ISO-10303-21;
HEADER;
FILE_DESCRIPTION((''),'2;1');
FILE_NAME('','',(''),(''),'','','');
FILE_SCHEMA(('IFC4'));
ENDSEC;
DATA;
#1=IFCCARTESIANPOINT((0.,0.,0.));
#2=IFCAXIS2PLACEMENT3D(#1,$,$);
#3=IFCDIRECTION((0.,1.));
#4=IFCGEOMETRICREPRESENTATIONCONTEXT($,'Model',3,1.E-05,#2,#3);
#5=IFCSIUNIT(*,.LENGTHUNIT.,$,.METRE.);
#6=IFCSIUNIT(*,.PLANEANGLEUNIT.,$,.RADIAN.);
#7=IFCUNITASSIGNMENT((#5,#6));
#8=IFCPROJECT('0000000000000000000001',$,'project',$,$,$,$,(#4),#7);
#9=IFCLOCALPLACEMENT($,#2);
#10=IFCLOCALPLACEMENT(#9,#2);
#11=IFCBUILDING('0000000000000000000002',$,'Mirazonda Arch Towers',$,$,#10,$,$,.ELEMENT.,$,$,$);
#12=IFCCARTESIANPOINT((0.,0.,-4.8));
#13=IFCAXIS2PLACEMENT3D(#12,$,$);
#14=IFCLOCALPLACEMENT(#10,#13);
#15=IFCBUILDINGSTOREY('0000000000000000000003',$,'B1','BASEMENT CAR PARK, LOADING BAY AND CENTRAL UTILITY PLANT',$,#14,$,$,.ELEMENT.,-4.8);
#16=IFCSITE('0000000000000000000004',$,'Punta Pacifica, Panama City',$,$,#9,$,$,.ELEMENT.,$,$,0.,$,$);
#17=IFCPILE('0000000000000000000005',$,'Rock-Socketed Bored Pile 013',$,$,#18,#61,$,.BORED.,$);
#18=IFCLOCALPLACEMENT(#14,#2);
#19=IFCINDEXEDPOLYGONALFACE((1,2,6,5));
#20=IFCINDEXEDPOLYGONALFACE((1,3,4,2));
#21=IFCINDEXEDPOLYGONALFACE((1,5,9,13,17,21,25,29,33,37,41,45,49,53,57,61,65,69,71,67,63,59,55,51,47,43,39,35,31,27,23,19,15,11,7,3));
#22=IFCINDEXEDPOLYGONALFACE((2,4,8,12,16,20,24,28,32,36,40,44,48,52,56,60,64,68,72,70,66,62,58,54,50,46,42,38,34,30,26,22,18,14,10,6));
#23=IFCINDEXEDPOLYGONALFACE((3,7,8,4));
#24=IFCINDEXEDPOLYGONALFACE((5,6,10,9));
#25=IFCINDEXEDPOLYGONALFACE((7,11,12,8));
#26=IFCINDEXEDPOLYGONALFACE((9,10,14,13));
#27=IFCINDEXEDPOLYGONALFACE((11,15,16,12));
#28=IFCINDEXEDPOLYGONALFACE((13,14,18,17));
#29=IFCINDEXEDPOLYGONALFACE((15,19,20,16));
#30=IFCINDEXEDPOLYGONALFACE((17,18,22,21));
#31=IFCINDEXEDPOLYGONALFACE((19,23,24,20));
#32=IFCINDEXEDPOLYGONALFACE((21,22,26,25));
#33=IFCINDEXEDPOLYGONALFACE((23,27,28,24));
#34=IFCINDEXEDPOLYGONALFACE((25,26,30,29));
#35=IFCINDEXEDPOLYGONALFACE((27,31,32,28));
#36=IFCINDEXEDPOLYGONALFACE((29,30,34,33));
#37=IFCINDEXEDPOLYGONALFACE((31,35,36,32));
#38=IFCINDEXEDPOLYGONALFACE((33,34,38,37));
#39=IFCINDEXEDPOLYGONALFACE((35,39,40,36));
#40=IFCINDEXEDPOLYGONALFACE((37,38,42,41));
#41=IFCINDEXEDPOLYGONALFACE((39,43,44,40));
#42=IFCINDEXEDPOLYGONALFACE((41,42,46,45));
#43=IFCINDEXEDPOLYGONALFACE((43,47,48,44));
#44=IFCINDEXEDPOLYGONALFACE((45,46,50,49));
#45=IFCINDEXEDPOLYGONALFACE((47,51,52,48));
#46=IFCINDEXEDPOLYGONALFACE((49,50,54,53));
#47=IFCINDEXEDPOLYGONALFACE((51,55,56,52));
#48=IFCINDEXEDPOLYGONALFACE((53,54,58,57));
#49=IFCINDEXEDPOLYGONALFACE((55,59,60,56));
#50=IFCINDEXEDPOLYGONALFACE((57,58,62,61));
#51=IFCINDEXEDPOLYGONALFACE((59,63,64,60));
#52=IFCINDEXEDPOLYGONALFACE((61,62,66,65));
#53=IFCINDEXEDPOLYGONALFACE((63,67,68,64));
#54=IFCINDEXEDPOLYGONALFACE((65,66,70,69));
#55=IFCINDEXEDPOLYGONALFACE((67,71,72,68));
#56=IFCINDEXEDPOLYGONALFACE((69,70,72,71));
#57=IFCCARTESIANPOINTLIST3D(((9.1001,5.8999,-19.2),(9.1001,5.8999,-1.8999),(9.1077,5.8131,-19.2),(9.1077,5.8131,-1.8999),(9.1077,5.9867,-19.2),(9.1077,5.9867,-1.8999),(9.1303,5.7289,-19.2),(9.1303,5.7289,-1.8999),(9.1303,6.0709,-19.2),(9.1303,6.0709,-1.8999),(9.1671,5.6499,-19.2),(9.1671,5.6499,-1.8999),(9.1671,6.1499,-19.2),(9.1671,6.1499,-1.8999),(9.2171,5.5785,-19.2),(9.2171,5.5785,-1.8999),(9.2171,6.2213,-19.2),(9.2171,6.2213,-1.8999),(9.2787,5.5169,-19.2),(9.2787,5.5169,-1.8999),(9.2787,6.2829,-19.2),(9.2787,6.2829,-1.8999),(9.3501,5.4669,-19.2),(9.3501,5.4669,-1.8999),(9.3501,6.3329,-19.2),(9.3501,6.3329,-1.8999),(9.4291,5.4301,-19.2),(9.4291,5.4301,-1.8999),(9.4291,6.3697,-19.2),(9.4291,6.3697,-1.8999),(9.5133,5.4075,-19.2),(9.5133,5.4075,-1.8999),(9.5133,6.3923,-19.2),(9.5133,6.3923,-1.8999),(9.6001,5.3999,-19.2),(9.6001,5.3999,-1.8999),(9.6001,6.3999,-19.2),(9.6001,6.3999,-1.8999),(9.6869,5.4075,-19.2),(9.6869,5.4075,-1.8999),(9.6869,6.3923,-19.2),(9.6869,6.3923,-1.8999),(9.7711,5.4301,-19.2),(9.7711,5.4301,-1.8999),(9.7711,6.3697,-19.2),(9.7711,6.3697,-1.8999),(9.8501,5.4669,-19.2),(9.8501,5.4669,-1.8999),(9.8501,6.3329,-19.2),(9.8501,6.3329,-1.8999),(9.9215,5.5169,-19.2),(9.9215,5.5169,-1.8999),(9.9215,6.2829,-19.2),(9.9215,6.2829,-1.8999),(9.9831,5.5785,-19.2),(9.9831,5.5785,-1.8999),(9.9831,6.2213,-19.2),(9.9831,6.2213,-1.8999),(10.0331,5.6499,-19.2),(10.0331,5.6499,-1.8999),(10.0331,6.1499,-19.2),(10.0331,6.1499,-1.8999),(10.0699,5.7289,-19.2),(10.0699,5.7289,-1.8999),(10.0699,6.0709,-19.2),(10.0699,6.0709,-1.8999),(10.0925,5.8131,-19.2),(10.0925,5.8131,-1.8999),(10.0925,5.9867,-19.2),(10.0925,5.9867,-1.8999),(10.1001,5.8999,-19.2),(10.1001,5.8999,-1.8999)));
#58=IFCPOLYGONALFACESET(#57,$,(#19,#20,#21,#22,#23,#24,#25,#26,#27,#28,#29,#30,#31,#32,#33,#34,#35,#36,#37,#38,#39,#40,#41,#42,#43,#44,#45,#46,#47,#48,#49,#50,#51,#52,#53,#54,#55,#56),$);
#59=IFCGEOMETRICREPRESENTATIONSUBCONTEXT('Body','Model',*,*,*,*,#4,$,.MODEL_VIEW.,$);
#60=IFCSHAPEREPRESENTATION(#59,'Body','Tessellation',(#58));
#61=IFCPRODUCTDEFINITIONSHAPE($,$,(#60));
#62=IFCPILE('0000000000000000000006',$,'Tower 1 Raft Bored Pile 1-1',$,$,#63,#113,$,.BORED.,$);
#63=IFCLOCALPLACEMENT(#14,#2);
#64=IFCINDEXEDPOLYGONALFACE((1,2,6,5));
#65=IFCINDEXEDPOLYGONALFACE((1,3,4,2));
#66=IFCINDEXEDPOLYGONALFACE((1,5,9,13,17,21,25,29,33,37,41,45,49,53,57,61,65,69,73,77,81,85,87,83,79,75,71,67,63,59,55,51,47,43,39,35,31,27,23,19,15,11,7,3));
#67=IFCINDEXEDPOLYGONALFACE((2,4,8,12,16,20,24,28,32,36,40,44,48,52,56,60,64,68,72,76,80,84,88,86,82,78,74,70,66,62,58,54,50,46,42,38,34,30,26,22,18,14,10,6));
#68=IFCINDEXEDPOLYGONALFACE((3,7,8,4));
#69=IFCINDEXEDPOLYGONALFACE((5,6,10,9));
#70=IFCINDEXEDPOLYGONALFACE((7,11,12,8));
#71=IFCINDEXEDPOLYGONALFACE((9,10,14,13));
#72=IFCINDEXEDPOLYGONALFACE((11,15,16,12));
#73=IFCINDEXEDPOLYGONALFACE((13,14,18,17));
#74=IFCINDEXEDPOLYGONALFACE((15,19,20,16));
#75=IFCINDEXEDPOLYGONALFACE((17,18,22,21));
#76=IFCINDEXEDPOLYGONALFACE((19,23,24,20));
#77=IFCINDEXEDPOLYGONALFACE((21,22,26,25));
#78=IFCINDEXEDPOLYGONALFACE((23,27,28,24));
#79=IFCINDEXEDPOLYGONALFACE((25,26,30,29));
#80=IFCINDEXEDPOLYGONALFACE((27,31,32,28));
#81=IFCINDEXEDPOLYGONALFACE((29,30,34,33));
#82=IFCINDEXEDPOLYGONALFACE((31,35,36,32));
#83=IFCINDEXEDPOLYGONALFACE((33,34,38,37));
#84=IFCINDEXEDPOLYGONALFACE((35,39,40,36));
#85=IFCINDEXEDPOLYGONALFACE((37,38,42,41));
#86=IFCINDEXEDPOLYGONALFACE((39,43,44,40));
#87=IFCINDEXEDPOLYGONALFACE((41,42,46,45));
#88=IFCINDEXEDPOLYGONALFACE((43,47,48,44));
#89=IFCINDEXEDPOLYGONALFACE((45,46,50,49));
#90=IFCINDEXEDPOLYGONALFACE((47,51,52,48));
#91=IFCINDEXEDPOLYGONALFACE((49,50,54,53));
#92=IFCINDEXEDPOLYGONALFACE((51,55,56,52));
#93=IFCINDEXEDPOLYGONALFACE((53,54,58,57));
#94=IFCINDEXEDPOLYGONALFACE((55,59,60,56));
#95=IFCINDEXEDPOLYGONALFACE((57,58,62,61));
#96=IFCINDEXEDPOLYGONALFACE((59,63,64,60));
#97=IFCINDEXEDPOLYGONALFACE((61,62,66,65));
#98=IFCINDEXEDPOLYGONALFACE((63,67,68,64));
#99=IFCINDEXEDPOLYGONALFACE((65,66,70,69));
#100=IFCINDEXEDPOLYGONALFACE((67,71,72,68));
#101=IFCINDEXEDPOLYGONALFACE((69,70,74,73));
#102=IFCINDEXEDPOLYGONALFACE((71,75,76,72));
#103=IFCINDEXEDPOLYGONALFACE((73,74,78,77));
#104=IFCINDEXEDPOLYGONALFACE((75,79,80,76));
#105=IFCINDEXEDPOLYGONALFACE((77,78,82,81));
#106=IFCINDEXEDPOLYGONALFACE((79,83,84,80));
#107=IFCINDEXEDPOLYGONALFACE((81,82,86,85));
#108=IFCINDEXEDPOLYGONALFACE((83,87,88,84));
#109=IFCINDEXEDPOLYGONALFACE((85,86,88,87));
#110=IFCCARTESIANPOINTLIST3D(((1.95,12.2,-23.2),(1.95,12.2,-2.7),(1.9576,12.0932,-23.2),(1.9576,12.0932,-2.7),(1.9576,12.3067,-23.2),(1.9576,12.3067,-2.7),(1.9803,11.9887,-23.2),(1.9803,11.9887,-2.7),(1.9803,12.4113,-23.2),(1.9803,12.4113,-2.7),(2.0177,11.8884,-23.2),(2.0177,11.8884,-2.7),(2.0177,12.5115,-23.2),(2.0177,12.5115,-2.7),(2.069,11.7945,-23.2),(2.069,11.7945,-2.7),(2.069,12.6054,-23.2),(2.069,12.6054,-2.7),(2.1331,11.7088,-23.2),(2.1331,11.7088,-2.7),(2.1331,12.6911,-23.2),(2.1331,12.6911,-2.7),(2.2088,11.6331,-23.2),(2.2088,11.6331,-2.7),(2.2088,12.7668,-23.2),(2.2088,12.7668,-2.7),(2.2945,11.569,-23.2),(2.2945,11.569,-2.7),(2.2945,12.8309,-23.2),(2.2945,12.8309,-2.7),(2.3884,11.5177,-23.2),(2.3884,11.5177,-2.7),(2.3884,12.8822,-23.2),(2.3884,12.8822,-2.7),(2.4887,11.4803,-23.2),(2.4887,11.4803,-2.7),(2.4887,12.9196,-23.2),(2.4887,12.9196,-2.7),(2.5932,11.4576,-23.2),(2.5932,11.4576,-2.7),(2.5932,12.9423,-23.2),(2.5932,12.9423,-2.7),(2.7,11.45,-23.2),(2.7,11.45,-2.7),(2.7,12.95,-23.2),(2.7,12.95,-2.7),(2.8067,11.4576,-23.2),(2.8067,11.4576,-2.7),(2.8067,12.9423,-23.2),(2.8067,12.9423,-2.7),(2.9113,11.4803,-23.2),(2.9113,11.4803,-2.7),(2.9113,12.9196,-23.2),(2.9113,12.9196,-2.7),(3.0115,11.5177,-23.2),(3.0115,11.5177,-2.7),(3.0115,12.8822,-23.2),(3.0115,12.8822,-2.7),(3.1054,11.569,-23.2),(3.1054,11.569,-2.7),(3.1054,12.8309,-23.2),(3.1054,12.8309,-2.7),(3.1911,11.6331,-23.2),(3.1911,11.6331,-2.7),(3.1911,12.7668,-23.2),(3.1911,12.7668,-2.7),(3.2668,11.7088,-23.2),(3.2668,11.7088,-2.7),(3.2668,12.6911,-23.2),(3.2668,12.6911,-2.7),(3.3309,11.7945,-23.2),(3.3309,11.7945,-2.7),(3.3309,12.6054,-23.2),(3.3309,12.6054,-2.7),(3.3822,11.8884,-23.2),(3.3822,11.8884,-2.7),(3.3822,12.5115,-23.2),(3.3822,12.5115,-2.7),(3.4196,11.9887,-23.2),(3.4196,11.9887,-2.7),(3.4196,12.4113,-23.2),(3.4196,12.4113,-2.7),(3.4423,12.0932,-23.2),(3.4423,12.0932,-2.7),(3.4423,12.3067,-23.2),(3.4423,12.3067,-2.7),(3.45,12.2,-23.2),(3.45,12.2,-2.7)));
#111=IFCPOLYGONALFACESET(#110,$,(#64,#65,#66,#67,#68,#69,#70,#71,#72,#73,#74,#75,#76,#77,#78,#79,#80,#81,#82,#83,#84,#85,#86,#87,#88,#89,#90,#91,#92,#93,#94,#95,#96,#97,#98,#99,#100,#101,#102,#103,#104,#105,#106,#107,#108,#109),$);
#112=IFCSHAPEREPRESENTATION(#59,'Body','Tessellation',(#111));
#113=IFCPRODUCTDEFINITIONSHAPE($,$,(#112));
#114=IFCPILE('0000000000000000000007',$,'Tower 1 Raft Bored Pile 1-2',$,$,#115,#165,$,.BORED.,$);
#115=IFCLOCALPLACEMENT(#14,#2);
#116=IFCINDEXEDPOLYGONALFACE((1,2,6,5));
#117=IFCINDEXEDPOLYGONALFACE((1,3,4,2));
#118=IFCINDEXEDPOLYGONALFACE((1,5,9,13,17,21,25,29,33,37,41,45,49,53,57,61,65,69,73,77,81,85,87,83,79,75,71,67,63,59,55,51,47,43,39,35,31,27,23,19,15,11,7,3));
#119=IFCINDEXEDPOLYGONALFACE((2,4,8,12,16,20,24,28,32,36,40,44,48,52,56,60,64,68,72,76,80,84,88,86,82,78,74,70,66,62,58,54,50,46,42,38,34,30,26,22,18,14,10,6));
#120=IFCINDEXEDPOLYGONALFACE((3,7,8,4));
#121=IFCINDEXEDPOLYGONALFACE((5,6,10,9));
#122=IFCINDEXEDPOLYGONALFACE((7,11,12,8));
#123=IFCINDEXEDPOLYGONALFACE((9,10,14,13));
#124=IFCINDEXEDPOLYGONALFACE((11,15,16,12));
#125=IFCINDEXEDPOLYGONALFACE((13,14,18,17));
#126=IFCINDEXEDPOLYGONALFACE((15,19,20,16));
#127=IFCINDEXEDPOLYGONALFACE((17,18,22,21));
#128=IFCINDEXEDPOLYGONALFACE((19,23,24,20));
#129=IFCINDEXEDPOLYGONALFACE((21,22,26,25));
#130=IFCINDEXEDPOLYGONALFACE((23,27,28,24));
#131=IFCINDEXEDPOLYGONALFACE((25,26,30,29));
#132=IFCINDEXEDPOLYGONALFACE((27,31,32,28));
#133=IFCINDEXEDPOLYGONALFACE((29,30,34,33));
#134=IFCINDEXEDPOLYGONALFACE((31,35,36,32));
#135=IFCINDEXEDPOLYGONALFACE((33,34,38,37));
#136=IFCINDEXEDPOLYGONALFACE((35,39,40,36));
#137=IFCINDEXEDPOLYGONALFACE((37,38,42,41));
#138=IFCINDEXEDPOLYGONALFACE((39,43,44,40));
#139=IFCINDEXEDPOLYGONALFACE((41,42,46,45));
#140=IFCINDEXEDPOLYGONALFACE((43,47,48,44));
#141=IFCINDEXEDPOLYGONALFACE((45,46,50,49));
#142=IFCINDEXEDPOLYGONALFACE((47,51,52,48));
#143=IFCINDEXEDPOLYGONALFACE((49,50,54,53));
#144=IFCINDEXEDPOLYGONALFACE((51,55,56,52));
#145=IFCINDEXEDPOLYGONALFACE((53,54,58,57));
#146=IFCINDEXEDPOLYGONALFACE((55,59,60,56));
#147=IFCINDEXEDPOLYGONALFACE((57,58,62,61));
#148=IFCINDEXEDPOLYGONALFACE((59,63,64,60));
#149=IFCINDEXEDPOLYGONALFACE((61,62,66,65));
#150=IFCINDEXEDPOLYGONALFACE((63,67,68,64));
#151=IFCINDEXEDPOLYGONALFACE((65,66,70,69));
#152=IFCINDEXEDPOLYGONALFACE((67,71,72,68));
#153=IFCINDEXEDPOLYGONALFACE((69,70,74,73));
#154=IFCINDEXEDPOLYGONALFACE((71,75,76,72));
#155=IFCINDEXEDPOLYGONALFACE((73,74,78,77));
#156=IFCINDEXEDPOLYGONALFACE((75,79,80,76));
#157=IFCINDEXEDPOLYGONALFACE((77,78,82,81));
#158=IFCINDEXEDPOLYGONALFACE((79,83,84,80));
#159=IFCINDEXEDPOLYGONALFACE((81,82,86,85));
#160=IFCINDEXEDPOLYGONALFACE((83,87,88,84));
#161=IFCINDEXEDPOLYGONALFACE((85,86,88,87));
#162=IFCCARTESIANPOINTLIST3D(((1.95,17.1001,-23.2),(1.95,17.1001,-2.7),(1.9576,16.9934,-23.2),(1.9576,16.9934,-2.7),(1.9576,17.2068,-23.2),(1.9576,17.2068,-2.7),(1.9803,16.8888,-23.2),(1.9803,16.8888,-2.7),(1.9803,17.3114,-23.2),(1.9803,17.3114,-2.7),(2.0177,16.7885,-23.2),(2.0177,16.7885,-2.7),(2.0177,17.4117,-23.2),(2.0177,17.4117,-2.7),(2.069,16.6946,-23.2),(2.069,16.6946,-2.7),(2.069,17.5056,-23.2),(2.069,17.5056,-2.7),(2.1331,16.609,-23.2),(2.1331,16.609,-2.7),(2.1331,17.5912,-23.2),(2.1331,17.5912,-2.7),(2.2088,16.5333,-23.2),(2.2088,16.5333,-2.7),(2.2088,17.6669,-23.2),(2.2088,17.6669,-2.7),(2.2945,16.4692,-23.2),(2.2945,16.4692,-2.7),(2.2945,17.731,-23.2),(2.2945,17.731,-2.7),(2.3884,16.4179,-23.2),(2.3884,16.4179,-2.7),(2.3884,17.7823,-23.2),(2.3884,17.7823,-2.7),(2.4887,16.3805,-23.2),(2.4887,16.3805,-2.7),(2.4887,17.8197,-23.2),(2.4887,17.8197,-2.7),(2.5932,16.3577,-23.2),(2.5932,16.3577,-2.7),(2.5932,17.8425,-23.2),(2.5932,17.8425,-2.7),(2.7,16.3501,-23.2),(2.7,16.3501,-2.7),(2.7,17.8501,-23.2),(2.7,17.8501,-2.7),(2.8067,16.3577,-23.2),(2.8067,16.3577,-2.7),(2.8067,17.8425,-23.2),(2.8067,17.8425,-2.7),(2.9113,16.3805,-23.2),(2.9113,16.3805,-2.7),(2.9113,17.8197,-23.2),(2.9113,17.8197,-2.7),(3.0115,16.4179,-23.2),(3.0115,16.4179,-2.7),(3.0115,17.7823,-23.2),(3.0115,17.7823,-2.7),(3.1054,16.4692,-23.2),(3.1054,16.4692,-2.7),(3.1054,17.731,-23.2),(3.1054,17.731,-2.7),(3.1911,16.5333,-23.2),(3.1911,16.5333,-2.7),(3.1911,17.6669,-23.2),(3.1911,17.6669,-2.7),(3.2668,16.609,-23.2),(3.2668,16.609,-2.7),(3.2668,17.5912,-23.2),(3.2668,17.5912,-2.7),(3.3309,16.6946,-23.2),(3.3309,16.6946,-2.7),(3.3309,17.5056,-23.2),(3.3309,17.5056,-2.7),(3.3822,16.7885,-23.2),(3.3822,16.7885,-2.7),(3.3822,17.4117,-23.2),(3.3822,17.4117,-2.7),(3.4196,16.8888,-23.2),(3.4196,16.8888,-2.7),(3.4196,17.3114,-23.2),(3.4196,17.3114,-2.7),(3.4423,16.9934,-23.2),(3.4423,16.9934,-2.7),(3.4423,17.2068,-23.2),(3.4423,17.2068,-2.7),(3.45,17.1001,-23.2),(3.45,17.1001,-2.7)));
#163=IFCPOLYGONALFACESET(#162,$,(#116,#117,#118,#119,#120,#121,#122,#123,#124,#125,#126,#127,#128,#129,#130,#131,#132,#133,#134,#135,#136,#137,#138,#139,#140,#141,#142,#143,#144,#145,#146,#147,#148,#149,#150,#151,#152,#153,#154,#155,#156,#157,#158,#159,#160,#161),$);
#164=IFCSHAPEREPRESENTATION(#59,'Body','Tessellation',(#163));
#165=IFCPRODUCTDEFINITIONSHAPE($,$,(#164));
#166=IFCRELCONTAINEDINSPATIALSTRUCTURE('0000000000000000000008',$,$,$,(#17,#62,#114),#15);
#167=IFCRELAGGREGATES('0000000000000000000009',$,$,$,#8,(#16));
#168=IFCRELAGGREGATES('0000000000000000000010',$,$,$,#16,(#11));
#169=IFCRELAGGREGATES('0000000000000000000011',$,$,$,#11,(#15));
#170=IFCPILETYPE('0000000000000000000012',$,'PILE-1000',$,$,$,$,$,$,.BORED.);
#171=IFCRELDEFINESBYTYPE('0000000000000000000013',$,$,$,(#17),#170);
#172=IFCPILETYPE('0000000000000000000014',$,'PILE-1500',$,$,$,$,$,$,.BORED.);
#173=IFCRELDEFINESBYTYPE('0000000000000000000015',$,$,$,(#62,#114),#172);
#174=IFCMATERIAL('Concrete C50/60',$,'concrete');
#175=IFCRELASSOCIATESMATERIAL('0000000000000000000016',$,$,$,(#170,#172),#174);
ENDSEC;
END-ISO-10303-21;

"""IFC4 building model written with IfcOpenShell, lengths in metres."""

from ifc_helpers import new_model, si_unit, direction, frame, origin, origin_2d, place, context, subcontext, project, spatial, circle, extrude, material, material_profile, profile_set, type_object, element, save


model = new_model("IFC4")

# Units and contexts
model_context = context("Model", 3, precision=1e-05, world=origin(), true_north=direction((0.0, 1.0)))
body_context = subcontext(model_context, "Body", "Model", "MODEL_VIEW")
ifc_project = project(units=[si_unit("LENGTHUNIT", "METRE"), si_unit("PLANEANGLEUNIT", "RADIAN")], contexts=[model_context])

# Site, building, storey
site_placement = place(None, origin())
site = spatial("IfcSite", under=ifc_project, at=site_placement, Name="Punta Pacifica, Panama City", CompositionType="ELEMENT", RefElevation=0.0)
building_placement = place(site_placement, origin())
building = spatial("IfcBuilding", under=site, at=building_placement, Name="Mirazonda Arch Towers", CompositionType="ELEMENT")
storey_placement = place(building_placement, frame((0.0, 0.0, -4.8)))
storey = spatial("IfcBuildingStorey", under=building, at=storey_placement, Name="B1", Description="BASEMENT CAR PARK, LOADING BAY AND CENTRAL UTILITY PLANT", CompositionType="ELEMENT", Elevation=-4.8)

# Piles
ifc_material_1 = material(Name="Concrete C50/60", Category="concrete")
ifc_material_profile_1 = material_profile(ifc_material_1, circle(Radius=0.5, at=origin_2d()), Name="BORED-D1000")
ifc_profile_set_1 = profile_set([ifc_material_profile_1], Name="Concrete C50/60")
pile_type_1 = type_object("IfcPileType", Name="PILE-1000", PredefinedType="BORED", material=ifc_profile_set_1)
pile_placement = place(storey_placement, frame((9.6001, 5.8999, -1.8999), z_axis=(0.0, 0.0, -1.0), x_axis=(1.0, 0.0, 0.0)))
element("IfcPile", 1, at=pile_placement, inside=storey, type_object=pile_type_1, Name="Rock-Socketed Bored Pile 013", PredefinedType="BORED", context=body_context, shape_type="SweptSolid", body=[
    extrude(circle(Radius=0.5, at=origin_2d()), origin(), (0.0, 0.0, 1.0), 17.3),
])
ifc_material_profile_2 = material_profile(ifc_material_1, circle(Radius=0.75, at=origin_2d()), Name="BORED-D1500")
ifc_profile_set_2 = profile_set([ifc_material_profile_2], Name="Concrete C50/60")
pile_type_2 = type_object("IfcPileType", Name="PILE-1500", PredefinedType="BORED", material=ifc_profile_set_2)
for number, where, z_axis, x_axis, name in (
    (2, (2.7, 12.2, -2.7), (0.0, 0.0, -1.0), (1.0, 0.0, 0.0), "Tower 1 Raft Bored Pile 1-1"),
    (3, (2.7, 17.1001, -2.7), (0.0, 0.0, -1.0), (1.0, 0.0, 0.0), "Tower 1 Raft Bored Pile 1-2"),
):
    element("IfcPile", number, at=place(storey_placement, frame(where, z_axis=z_axis, x_axis=x_axis)), inside=storey, type_object=pile_type_2, Name=name, PredefinedType="BORED", context=body_context, shape_type="SweptSolid", body=[
        extrude(circle(Radius=0.75, at=origin_2d()), origin(), (0.0, 0.0, 1.0), 20.5),
    ])

save(model, "model.ifc")
